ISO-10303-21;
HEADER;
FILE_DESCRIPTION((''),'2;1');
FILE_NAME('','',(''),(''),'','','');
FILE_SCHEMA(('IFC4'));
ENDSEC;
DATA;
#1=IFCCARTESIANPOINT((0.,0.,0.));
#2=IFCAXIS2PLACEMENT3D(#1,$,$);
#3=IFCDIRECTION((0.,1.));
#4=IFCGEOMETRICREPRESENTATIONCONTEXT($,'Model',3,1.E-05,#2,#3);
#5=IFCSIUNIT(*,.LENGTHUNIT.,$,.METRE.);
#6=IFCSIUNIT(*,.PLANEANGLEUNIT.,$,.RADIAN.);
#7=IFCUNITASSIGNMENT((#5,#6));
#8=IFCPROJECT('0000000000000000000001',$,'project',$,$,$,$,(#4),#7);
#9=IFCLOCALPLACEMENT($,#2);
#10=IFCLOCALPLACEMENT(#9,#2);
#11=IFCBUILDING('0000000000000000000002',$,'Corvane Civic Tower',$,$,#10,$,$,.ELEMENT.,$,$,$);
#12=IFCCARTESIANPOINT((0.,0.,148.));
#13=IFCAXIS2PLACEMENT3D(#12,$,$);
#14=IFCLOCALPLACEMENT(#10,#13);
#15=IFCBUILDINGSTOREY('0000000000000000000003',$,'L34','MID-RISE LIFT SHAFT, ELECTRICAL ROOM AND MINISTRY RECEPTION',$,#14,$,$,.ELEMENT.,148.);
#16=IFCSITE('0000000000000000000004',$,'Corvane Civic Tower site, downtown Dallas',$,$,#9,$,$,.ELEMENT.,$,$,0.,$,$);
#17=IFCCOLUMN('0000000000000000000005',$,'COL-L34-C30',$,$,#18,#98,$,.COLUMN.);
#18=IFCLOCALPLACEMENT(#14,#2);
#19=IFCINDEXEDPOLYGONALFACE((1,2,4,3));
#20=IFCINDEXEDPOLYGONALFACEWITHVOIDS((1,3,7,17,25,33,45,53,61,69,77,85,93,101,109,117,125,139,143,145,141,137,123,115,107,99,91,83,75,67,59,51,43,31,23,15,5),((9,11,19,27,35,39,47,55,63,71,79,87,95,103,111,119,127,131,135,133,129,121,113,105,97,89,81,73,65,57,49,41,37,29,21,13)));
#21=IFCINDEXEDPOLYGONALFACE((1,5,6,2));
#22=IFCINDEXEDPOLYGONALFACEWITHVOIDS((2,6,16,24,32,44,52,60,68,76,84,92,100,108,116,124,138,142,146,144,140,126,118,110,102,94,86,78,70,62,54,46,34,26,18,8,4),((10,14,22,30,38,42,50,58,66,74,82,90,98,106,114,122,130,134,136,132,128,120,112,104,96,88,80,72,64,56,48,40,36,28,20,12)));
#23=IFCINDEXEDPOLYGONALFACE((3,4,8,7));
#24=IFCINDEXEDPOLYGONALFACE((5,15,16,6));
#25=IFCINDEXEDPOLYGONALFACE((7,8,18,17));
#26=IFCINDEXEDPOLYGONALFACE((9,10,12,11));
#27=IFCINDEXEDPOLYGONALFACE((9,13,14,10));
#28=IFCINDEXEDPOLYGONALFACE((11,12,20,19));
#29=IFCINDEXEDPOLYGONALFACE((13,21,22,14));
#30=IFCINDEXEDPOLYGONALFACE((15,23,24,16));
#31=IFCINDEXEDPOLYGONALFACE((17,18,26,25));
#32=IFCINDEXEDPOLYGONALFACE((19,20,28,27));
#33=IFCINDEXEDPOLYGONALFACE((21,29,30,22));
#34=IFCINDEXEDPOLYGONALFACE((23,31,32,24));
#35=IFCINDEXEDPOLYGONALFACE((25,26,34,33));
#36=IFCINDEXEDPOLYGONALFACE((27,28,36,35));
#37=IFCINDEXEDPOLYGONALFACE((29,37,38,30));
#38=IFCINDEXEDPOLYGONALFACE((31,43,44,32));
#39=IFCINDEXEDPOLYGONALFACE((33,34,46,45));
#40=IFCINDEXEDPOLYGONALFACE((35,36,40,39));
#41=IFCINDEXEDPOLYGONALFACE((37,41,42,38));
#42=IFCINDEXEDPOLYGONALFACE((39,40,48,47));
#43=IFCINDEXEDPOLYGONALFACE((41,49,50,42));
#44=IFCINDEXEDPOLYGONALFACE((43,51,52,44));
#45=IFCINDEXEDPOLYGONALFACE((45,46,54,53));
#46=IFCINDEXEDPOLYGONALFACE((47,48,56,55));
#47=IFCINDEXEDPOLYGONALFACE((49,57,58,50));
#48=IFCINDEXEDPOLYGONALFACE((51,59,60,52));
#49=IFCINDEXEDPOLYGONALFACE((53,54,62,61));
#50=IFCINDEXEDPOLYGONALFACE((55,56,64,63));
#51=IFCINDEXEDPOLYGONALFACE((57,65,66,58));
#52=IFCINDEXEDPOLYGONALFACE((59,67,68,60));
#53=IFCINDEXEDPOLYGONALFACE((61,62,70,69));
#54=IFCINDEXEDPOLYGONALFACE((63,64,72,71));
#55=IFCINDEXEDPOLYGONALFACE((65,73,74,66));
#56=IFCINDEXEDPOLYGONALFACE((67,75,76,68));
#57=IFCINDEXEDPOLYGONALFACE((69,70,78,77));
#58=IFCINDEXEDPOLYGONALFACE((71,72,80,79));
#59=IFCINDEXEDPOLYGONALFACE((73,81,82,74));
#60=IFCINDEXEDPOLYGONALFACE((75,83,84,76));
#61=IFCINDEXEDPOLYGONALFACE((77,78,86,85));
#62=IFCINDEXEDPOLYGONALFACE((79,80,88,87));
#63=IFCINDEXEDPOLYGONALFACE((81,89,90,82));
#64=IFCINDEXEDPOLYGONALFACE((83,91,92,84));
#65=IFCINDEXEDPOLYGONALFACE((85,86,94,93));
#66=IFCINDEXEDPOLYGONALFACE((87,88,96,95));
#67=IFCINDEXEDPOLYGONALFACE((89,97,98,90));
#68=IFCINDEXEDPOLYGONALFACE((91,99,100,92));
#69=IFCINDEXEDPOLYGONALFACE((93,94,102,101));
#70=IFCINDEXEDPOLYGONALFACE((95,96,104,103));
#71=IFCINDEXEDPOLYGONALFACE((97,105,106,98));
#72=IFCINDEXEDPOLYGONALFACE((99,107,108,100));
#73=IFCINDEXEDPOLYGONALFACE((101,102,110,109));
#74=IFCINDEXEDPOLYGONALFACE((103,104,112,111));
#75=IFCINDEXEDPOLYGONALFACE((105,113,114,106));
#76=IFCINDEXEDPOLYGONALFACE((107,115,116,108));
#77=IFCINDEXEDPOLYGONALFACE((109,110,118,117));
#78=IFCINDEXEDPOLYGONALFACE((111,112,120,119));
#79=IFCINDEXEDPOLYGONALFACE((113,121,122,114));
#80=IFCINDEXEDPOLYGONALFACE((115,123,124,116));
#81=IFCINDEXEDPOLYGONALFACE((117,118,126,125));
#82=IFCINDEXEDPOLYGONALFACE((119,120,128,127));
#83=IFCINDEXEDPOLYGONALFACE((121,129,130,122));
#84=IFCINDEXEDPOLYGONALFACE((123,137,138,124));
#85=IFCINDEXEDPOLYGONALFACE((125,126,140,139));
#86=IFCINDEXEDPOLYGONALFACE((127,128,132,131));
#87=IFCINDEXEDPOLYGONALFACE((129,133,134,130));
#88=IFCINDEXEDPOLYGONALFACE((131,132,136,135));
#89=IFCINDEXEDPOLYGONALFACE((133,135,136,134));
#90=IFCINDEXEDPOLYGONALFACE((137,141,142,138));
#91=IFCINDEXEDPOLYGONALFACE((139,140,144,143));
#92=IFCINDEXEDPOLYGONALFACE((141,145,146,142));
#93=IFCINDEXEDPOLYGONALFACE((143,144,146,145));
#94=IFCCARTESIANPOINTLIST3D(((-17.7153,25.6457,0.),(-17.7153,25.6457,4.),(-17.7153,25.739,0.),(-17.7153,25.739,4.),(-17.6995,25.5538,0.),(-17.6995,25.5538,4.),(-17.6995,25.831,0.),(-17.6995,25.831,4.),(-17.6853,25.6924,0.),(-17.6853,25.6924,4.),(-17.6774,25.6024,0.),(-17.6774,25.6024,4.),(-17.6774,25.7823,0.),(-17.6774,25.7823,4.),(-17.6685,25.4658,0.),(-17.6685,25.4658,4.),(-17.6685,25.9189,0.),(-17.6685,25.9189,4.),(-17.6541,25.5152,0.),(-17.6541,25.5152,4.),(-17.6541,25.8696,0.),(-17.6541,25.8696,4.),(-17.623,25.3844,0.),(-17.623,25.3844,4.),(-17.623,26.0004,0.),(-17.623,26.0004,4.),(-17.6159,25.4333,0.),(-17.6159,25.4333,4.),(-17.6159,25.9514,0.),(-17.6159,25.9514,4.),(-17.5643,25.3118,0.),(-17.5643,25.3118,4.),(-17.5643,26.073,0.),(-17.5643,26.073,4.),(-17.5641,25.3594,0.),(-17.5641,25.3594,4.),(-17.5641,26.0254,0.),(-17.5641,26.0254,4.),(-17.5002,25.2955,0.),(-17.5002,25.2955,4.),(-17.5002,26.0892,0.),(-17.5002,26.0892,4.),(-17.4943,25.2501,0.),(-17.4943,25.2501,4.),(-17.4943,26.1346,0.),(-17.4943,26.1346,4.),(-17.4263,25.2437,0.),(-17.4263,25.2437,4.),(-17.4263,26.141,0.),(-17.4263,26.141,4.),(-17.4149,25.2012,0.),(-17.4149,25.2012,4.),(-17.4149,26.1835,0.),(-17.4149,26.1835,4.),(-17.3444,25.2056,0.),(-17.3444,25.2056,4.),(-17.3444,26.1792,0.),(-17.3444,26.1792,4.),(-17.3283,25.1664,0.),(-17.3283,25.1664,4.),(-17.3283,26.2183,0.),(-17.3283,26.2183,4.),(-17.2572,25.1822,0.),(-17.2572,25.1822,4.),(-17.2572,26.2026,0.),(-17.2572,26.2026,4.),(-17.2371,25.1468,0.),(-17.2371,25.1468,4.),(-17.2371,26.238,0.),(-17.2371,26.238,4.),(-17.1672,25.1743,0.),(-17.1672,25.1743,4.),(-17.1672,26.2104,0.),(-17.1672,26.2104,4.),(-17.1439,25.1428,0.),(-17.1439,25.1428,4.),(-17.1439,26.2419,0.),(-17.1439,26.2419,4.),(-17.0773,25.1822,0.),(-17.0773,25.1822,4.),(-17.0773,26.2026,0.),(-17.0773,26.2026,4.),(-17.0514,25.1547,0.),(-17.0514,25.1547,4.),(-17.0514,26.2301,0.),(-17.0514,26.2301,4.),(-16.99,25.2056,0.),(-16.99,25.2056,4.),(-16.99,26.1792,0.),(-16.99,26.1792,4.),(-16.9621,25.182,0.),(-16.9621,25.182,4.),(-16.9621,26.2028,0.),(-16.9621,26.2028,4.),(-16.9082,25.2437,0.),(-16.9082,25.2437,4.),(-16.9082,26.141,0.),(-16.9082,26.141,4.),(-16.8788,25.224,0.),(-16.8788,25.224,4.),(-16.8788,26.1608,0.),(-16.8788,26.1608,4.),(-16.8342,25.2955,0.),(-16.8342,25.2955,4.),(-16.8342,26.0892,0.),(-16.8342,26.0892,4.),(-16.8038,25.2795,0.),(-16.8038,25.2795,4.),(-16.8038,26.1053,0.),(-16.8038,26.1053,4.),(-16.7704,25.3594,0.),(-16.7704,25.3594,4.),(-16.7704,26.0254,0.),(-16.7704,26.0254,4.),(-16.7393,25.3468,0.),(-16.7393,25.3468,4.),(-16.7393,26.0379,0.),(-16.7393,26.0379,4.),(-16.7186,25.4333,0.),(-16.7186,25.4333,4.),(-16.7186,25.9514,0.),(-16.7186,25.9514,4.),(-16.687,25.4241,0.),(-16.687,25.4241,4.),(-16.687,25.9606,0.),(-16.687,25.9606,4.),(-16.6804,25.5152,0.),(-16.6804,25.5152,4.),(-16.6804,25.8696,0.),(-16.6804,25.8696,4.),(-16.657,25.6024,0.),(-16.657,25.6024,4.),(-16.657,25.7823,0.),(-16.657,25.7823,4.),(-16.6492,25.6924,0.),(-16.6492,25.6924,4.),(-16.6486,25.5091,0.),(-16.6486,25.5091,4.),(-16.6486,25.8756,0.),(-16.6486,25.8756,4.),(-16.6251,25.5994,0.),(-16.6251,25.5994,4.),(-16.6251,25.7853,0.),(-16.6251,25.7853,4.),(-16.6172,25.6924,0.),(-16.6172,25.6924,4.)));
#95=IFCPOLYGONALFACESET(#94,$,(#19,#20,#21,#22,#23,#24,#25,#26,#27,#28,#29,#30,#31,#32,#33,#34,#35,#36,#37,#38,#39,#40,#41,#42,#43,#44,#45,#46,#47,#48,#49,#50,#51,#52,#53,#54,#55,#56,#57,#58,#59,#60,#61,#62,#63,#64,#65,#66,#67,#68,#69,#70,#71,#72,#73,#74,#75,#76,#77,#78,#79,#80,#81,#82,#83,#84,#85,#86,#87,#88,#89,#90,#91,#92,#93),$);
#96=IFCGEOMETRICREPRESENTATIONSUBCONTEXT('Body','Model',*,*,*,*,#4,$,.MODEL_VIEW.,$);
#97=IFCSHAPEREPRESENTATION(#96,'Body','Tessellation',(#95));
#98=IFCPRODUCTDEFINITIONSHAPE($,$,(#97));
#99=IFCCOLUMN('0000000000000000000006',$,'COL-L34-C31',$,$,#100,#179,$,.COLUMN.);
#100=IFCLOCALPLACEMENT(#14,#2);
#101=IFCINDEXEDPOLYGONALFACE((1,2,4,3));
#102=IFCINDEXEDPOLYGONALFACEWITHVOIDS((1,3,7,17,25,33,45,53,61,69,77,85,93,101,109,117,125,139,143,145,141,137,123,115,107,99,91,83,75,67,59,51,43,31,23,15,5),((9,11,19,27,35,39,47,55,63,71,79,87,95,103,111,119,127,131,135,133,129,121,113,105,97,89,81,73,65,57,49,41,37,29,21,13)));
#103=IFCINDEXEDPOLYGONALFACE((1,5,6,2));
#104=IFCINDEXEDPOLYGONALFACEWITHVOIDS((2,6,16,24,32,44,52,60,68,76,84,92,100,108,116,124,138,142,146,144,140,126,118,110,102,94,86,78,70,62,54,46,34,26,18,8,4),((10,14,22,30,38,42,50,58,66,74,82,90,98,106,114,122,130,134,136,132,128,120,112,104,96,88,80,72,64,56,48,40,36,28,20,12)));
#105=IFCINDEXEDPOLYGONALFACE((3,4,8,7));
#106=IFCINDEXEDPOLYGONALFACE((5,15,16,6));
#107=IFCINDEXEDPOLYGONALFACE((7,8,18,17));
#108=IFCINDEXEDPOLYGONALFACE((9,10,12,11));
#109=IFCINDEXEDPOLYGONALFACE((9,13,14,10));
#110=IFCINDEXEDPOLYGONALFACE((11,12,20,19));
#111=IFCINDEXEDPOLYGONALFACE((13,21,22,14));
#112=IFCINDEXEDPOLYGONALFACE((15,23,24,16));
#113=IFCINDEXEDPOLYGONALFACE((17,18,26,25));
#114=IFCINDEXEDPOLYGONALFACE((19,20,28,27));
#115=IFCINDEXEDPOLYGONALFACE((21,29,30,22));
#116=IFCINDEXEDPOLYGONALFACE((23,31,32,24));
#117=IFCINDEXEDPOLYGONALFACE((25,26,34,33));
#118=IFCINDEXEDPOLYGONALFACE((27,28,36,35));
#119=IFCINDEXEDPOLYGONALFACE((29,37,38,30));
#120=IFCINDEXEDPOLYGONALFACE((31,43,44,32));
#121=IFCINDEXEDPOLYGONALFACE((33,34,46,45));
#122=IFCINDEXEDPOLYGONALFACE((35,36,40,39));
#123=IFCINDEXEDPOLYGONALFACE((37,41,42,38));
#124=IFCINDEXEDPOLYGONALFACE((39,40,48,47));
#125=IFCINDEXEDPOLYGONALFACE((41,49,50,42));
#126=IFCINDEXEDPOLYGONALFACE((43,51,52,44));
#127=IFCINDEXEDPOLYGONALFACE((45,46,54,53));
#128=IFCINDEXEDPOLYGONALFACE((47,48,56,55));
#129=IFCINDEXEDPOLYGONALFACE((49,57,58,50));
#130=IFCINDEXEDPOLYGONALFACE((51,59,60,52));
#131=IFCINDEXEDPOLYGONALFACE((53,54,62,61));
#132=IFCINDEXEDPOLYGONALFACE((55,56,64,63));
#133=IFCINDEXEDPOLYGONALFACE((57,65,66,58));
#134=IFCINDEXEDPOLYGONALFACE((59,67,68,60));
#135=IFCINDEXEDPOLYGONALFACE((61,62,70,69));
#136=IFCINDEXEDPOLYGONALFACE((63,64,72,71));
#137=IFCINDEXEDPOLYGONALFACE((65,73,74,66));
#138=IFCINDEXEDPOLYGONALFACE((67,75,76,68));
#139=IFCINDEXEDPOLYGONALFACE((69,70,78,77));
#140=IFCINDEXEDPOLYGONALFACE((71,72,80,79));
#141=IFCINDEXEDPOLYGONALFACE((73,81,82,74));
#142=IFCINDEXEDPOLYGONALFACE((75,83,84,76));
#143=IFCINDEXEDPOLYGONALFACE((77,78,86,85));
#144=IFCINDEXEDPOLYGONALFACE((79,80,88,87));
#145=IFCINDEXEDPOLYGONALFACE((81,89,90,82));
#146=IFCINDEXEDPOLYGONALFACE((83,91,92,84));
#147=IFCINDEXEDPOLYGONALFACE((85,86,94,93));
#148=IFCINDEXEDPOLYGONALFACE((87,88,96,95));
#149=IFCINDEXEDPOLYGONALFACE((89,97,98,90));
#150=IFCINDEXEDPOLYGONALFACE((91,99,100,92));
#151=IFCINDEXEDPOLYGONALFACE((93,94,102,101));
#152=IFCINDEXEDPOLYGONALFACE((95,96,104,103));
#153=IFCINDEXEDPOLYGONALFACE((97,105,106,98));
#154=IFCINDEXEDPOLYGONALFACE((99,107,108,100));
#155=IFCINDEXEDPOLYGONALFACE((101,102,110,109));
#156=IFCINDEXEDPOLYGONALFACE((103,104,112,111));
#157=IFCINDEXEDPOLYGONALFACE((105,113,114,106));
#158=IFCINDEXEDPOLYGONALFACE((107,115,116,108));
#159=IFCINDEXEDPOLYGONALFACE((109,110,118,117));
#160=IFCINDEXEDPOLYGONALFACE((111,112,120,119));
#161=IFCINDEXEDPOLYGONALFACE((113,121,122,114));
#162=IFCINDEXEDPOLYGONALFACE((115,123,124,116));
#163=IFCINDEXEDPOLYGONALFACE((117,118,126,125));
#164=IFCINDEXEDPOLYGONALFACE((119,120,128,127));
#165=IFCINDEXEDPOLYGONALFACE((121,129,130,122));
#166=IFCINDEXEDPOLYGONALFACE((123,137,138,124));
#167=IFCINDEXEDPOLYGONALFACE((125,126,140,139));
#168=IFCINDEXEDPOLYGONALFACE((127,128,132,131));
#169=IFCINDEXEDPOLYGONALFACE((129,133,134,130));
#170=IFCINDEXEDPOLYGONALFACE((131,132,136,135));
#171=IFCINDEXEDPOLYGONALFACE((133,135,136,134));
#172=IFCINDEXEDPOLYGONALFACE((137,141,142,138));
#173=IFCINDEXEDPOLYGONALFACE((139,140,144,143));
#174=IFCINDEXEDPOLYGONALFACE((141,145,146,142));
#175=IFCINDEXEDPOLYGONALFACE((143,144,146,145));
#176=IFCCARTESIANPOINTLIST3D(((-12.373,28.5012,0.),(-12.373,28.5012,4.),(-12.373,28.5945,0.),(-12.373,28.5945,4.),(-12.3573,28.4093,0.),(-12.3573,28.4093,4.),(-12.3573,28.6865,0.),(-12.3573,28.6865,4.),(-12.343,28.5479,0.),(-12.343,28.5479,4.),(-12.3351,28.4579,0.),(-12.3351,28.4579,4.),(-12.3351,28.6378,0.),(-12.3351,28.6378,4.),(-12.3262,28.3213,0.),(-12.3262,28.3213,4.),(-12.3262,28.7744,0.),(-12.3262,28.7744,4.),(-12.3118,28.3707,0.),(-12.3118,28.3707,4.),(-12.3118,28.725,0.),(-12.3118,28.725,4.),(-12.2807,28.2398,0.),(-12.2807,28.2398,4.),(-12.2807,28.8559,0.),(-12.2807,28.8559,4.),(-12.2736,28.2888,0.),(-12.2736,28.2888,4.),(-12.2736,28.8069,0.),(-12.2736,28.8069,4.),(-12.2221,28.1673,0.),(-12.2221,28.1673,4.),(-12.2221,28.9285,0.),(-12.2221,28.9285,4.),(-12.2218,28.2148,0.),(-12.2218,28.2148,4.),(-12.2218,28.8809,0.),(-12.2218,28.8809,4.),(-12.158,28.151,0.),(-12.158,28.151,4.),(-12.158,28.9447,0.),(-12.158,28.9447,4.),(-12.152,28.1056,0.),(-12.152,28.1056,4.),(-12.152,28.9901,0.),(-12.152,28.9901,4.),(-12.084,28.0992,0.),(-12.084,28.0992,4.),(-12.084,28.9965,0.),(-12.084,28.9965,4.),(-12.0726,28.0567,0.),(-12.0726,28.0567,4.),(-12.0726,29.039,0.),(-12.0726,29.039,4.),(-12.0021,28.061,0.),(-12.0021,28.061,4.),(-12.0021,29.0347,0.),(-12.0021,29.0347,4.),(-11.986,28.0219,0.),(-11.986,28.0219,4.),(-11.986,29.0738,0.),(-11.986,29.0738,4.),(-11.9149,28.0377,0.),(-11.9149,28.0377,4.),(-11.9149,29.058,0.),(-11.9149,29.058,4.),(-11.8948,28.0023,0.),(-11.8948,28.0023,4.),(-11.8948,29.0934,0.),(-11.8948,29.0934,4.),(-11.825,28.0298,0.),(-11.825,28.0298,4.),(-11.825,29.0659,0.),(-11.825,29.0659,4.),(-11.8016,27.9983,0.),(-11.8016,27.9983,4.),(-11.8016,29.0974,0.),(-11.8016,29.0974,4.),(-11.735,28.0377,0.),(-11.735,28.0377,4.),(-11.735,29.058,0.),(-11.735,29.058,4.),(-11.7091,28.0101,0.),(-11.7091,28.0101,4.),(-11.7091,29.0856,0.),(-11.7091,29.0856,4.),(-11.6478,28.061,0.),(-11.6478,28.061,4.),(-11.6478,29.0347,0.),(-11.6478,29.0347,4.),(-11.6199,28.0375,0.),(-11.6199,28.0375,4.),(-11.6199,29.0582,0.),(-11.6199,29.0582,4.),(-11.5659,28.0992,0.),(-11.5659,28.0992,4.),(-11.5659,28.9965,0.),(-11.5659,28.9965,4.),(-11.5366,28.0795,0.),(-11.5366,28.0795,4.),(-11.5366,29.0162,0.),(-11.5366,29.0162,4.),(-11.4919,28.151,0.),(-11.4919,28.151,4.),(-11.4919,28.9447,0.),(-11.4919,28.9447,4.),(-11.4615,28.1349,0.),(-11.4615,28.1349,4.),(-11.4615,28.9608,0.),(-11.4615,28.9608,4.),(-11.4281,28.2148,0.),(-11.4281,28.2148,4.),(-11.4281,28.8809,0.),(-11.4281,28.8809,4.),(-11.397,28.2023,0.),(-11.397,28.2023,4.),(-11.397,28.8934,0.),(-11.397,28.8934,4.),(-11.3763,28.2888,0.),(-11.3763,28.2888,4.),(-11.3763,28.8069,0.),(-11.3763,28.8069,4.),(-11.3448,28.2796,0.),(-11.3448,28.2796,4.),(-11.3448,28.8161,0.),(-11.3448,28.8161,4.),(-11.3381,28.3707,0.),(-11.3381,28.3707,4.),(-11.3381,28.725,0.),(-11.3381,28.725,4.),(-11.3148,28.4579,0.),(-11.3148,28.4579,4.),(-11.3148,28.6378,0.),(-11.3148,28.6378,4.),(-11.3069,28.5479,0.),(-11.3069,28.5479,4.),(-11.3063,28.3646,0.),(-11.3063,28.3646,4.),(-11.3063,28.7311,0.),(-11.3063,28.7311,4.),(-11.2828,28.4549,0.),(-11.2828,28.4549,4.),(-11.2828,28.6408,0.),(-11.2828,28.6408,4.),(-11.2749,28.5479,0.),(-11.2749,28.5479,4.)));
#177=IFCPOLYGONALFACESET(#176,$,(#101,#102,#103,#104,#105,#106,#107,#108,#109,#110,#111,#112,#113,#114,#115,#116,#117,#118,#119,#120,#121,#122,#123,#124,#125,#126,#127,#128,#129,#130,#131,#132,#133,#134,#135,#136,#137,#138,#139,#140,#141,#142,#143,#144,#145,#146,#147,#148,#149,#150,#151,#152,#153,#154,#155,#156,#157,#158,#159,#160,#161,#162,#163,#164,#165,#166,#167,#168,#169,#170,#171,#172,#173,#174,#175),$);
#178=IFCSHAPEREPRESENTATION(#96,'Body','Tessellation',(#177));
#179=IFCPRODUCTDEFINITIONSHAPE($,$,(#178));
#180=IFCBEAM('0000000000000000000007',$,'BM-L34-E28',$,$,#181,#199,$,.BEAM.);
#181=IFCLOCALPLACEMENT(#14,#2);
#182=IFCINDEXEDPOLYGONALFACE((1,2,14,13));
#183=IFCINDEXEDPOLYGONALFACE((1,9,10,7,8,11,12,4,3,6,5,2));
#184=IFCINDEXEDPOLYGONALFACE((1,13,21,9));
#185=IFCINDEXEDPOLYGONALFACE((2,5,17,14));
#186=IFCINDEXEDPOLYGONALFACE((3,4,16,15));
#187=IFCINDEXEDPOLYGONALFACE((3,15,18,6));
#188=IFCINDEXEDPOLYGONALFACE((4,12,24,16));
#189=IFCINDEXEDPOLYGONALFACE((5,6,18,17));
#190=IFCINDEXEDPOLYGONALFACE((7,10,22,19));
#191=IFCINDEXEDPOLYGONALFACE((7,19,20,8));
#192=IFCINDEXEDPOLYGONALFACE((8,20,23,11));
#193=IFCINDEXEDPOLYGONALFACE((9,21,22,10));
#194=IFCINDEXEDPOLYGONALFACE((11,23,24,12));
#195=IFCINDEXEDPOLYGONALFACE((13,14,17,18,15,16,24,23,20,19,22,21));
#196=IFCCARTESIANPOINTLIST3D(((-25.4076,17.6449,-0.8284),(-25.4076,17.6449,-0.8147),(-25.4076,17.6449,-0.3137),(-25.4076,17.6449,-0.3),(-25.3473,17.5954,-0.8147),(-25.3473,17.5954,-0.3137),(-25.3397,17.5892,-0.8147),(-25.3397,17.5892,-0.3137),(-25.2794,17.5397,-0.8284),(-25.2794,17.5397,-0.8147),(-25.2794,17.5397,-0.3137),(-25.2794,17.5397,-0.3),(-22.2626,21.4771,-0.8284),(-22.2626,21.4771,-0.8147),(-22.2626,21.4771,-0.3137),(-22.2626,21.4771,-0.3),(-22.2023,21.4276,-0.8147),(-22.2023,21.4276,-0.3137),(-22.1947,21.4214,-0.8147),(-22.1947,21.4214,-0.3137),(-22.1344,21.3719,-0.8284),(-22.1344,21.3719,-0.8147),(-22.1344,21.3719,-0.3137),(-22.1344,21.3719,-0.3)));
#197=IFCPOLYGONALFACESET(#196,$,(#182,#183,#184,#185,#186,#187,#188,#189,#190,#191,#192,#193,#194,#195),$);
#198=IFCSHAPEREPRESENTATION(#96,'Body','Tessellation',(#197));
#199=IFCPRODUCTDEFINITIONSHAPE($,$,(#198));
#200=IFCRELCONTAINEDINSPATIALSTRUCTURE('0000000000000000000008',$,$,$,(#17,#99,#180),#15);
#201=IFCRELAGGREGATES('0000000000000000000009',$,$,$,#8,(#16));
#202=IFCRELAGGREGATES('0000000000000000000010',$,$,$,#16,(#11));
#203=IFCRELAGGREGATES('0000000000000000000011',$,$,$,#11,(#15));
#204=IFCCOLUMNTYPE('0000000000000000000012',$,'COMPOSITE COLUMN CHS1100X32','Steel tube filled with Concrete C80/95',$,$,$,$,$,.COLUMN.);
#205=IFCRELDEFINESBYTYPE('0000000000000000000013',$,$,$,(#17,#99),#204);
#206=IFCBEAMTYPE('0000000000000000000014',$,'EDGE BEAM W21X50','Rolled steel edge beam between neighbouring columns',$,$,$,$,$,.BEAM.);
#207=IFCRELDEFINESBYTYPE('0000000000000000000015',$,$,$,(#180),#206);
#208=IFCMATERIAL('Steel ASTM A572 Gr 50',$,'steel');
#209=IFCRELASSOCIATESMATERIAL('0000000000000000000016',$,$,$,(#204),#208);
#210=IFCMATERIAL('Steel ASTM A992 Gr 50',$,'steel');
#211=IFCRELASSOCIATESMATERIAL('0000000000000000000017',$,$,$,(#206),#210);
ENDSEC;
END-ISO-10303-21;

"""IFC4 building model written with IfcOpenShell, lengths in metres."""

from ifc_helpers import new_model, si_unit, direction, frame, origin, origin_2d, place, context, subcontext, project, spatial, hollow_circle, i_section, extrude, material, material_profile, profile_set, type_object, element, save


model = new_model("IFC4")

# Units and contexts
model_context = context("Model", 3, precision=1e-05, world=origin(), true_north=direction((0.0, 1.0)))
body_context = subcontext(model_context, "Body", "Model", "MODEL_VIEW")
ifc_project = project(units=[si_unit("LENGTHUNIT", "METRE"), si_unit("PLANEANGLEUNIT", "RADIAN")], contexts=[model_context])

# Site, building, storey
site_placement = place(None, origin())
site = spatial("IfcSite", under=ifc_project, at=site_placement, Name="Corvane Civic Tower site, downtown Dallas", CompositionType="ELEMENT", RefElevation=0.0)
building_placement = place(site_placement, origin())
building = spatial("IfcBuilding", under=site, at=building_placement, Name="Corvane Civic Tower", CompositionType="ELEMENT")
storey_placement = place(building_placement, frame((0.0, 0.0, 148.0)))
storey = spatial("IfcBuildingStorey", under=building, at=storey_placement, Name="L34", Description="MID-RISE LIFT SHAFT, ELECTRICAL ROOM AND MINISTRY RECEPTION", CompositionType="ELEMENT", Elevation=148.0)

# Columns
ifc_material_1 = material(Name="Steel ASTM A572 Gr 50", Category="steel")
ifc_material_profile_1 = material_profile(ifc_material_1, hollow_circle(Radius=0.55, WallThickness=0.032, at=origin_2d()), Name="CHS1100X32")
ifc_profile_set_1 = profile_set([ifc_material_profile_1], Name="Steel ASTM A572 Gr 50")
column_type = type_object("IfcColumnType", Name="COMPOSITE COLUMN CHS1100X32", Description="Steel tube filled with Concrete C80/95", PredefinedType="COLUMN", material=ifc_profile_set_1)
for number, where, z_axis, x_axis, name in (
    (1, (-17.1672, 25.6924, 0.0), (0.0, 0.0, 1.0), (1.0, 0.0, 0.0), "COL-L34-C30"),
    (2, (-11.825, 28.5479, 0.0), (0.0, 0.0, 1.0), (1.0, 0.0, 0.0), "COL-L34-C31"),
):
    element("IfcColumn", number, at=place(storey_placement, frame(where, z_axis=z_axis, x_axis=x_axis)), inside=storey, type_object=column_type, Name=name, PredefinedType="COLUMN", context=body_context, shape_type="SweptSolid", body=[
        extrude(hollow_circle(Radius=0.55, WallThickness=0.032, at=origin_2d()), origin(), (0.0, 0.0, 1.0), 4.0),
    ])

# Beam
ifc_material_2 = material(Name="Steel ASTM A992 Gr 50", Category="steel")
ifc_material_profile_2 = material_profile(ifc_material_2, i_section(OverallWidth=0.1658, OverallDepth=0.5283, WebThickness=0.0098, FlangeThickness=0.0137, at=origin_2d()), Name="W21X50")
ifc_profile_set_2 = profile_set([ifc_material_profile_2], Name="Steel ASTM A992 Gr 50")
beam_type_1 = type_object("IfcBeamType", Name="EDGE BEAM W21X50", Description="Rolled steel edge beam between neighbouring columns", PredefinedType="BEAM", material=ifc_profile_set_2)
for number, where, z_axis, x_axis, name in (
    (3, (-25.3435, 17.5923, -0.5642), (0.634388, 0.773015, 0.0), (-0.773015, 0.634388, 0.0), "BM-L34-E28"),
):
    element("IfcBeam", number, at=place(storey_placement, frame(where, z_axis=z_axis, x_axis=x_axis)), inside=storey, type_object=beam_type_1, Name=name, PredefinedType="BEAM", context=body_context, shape_type="SweptSolid", body=[
        extrude(i_section(OverallWidth=0.1658, OverallDepth=0.5283, WebThickness=0.0098, FlangeThickness=0.0137, at=origin_2d()), origin(), (0.0, 0.0, 1.0), 4.9575),
    ])

save(model, "model.ifc")
